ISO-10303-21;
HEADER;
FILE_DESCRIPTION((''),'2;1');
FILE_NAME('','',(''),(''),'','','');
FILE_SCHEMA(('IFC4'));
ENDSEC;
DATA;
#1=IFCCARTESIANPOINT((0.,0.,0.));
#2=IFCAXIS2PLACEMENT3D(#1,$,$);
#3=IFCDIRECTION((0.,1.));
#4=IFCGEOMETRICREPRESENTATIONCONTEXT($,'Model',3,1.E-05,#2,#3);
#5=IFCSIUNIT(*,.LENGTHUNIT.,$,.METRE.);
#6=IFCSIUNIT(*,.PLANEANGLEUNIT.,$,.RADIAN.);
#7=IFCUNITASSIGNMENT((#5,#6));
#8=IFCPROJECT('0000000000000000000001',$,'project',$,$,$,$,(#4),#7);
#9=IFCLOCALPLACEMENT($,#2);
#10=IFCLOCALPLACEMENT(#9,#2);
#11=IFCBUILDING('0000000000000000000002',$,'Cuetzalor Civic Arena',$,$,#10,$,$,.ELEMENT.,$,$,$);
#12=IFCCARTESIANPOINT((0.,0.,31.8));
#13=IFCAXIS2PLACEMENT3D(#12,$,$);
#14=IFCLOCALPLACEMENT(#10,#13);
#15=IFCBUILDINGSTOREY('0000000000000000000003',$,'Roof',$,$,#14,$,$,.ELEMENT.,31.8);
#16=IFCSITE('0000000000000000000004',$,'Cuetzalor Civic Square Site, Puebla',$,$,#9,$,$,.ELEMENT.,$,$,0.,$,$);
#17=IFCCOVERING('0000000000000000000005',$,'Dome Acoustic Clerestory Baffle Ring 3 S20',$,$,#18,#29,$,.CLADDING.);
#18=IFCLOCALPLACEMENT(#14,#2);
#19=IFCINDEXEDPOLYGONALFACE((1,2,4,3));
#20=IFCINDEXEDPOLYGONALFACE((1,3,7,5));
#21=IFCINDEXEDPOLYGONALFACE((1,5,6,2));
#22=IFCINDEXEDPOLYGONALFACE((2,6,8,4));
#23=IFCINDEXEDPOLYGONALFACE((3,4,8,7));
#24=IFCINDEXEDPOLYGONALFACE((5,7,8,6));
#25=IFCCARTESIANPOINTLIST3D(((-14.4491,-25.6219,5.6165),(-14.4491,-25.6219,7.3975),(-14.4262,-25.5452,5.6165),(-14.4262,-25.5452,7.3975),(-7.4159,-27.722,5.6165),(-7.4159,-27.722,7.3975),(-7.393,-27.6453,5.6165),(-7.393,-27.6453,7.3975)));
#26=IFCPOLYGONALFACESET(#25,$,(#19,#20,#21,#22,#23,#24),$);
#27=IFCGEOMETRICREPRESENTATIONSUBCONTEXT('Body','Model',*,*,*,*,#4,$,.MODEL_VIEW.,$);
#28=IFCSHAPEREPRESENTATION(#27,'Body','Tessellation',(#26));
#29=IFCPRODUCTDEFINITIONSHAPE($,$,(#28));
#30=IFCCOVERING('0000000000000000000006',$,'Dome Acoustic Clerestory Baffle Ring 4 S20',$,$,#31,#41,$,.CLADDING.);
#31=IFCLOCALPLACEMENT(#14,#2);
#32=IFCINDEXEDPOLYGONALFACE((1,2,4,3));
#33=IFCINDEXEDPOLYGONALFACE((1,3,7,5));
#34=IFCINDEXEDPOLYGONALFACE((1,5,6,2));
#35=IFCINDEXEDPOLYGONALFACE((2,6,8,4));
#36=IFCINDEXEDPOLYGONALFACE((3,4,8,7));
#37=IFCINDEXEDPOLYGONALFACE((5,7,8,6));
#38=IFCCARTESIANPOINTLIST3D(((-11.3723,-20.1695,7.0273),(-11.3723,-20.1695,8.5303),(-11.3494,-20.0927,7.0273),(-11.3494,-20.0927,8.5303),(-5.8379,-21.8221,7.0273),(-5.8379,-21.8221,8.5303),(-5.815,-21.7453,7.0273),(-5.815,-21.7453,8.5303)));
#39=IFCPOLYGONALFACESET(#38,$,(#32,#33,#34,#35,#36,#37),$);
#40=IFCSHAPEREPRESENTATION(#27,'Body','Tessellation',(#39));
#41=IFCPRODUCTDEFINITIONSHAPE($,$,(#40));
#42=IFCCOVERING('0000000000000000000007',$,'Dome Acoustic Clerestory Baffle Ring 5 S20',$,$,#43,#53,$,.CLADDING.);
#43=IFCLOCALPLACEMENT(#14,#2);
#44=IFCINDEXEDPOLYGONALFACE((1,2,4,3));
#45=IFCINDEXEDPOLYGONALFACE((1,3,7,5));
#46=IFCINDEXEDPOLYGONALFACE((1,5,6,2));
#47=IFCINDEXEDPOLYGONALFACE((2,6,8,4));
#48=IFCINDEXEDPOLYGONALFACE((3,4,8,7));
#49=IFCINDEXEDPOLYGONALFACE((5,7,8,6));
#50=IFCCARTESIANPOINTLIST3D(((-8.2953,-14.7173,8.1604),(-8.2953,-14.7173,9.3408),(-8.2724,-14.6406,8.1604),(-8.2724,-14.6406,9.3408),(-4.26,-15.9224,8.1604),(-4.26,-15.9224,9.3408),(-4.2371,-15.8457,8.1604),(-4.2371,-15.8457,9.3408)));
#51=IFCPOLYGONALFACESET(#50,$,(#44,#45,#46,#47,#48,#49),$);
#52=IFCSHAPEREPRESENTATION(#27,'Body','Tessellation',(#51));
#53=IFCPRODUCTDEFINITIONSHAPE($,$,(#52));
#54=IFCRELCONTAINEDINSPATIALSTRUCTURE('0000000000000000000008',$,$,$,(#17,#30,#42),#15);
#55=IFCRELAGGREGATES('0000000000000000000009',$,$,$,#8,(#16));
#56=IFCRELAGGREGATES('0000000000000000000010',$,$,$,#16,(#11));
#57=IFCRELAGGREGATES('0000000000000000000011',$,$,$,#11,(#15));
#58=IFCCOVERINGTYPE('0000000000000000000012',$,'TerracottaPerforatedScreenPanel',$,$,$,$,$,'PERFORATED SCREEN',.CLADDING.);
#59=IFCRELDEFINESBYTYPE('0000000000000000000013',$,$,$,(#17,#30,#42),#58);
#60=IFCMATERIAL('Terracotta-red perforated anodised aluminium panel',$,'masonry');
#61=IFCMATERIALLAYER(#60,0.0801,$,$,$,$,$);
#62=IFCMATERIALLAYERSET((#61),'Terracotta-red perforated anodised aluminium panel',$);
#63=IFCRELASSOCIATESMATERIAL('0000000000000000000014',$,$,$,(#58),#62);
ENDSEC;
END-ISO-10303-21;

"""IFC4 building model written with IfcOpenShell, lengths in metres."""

from ifc_helpers import new_model, si_unit, direction, frame, frame_2d, origin, place, context, subcontext, project, spatial, rectangle, extrude, material, layer, layer_set, type_object, element, save


model = new_model("IFC4")

# Units and contexts
model_context = context("Model", 3, precision=1e-05, world=origin(), true_north=direction((0.0, 1.0)))
body_context = subcontext(model_context, "Body", "Model", "MODEL_VIEW")
ifc_project = project(units=[si_unit("LENGTHUNIT", "METRE"), si_unit("PLANEANGLEUNIT", "RADIAN")], contexts=[model_context])

# Site, building, storey
site_placement = place(None, origin())
site = spatial("IfcSite", under=ifc_project, at=site_placement, Name="Cuetzalor Civic Square Site, Puebla", CompositionType="ELEMENT", RefElevation=0.0)
building_placement = place(site_placement, origin())
building = spatial("IfcBuilding", under=site, at=building_placement, Name="Cuetzalor Civic Arena", CompositionType="ELEMENT")
storey_placement = place(building_placement, frame((0.0, 0.0, 31.8)))
storey = spatial("IfcBuildingStorey", under=building, at=storey_placement, Name="Roof", CompositionType="ELEMENT", Elevation=31.8)

# Coverings
ifc_material_1 = material(Name="Terracotta-red perforated anodised aluminium panel", Category="masonry")
ifc_layer_1 = layer(ifc_material_1, 0.0801)
ifc_layer_set_1 = layer_set([ifc_layer_1], Name="Terracotta-red perforated anodised aluminium panel")
covering_type = type_object("IfcCoveringType", Name="TerracottaPerforatedScreenPanel", ElementType="PERFORATED SCREEN", PredefinedType="CLADDING", material=ifc_layer_set_1)
covering_1_placement = place(storey_placement, frame((-7.4045, -27.6836, 5.6165), z_axis=(0.0, 0.0, 1.0), x_axis=(-0.958195, 0.286115, 0.0)))
element("IfcCovering", 1, at=covering_1_placement, inside=storey, type_object=covering_type, Name="Dome Acoustic Clerestory Baffle Ring 3 S20", PredefinedType="CLADDING", context=body_context, shape_type="SweptSolid", body=[
    extrude(rectangle(XDim=7.3401, YDim=0.0801, at=frame_2d((3.6699, 0.0))), origin(), (0.0, 0.0, 1.0), 1.781),
])
covering_2_placement = place(storey_placement, frame((-5.8264, -21.7837, 7.0273), z_axis=(0.0, 0.0, 1.0), x_axis=(-0.958194, 0.286118, 0.0)))
element("IfcCovering", 2, at=covering_2_placement, inside=storey, type_object=covering_type, Name="Dome Acoustic Clerestory Baffle Ring 4 S20", PredefinedType="CLADDING", context=body_context, shape_type="SweptSolid", body=[
    extrude(rectangle(XDim=5.7759, YDim=0.0801, at=frame_2d((2.8879, 0.0))), origin(), (0.0, 0.0, 1.0), 1.5029),
])
covering_3_placement = place(storey_placement, frame((-4.2485, -15.884, 8.1604), z_axis=(0.0, 0.0, 1.0), x_axis=(-0.958188, 0.28614, 0.0)))
element("IfcCovering", 3, at=covering_3_placement, inside=storey, type_object=covering_type, Name="Dome Acoustic Clerestory Baffle Ring 5 S20", PredefinedType="CLADDING", context=body_context, shape_type="SweptSolid", body=[
    extrude(rectangle(XDim=4.2114, YDim=0.0801, at=frame_2d((2.1057, 0.0))), origin(), (0.0, 0.0, 1.0), 1.1804),
])

save(model, "model.ifc")
